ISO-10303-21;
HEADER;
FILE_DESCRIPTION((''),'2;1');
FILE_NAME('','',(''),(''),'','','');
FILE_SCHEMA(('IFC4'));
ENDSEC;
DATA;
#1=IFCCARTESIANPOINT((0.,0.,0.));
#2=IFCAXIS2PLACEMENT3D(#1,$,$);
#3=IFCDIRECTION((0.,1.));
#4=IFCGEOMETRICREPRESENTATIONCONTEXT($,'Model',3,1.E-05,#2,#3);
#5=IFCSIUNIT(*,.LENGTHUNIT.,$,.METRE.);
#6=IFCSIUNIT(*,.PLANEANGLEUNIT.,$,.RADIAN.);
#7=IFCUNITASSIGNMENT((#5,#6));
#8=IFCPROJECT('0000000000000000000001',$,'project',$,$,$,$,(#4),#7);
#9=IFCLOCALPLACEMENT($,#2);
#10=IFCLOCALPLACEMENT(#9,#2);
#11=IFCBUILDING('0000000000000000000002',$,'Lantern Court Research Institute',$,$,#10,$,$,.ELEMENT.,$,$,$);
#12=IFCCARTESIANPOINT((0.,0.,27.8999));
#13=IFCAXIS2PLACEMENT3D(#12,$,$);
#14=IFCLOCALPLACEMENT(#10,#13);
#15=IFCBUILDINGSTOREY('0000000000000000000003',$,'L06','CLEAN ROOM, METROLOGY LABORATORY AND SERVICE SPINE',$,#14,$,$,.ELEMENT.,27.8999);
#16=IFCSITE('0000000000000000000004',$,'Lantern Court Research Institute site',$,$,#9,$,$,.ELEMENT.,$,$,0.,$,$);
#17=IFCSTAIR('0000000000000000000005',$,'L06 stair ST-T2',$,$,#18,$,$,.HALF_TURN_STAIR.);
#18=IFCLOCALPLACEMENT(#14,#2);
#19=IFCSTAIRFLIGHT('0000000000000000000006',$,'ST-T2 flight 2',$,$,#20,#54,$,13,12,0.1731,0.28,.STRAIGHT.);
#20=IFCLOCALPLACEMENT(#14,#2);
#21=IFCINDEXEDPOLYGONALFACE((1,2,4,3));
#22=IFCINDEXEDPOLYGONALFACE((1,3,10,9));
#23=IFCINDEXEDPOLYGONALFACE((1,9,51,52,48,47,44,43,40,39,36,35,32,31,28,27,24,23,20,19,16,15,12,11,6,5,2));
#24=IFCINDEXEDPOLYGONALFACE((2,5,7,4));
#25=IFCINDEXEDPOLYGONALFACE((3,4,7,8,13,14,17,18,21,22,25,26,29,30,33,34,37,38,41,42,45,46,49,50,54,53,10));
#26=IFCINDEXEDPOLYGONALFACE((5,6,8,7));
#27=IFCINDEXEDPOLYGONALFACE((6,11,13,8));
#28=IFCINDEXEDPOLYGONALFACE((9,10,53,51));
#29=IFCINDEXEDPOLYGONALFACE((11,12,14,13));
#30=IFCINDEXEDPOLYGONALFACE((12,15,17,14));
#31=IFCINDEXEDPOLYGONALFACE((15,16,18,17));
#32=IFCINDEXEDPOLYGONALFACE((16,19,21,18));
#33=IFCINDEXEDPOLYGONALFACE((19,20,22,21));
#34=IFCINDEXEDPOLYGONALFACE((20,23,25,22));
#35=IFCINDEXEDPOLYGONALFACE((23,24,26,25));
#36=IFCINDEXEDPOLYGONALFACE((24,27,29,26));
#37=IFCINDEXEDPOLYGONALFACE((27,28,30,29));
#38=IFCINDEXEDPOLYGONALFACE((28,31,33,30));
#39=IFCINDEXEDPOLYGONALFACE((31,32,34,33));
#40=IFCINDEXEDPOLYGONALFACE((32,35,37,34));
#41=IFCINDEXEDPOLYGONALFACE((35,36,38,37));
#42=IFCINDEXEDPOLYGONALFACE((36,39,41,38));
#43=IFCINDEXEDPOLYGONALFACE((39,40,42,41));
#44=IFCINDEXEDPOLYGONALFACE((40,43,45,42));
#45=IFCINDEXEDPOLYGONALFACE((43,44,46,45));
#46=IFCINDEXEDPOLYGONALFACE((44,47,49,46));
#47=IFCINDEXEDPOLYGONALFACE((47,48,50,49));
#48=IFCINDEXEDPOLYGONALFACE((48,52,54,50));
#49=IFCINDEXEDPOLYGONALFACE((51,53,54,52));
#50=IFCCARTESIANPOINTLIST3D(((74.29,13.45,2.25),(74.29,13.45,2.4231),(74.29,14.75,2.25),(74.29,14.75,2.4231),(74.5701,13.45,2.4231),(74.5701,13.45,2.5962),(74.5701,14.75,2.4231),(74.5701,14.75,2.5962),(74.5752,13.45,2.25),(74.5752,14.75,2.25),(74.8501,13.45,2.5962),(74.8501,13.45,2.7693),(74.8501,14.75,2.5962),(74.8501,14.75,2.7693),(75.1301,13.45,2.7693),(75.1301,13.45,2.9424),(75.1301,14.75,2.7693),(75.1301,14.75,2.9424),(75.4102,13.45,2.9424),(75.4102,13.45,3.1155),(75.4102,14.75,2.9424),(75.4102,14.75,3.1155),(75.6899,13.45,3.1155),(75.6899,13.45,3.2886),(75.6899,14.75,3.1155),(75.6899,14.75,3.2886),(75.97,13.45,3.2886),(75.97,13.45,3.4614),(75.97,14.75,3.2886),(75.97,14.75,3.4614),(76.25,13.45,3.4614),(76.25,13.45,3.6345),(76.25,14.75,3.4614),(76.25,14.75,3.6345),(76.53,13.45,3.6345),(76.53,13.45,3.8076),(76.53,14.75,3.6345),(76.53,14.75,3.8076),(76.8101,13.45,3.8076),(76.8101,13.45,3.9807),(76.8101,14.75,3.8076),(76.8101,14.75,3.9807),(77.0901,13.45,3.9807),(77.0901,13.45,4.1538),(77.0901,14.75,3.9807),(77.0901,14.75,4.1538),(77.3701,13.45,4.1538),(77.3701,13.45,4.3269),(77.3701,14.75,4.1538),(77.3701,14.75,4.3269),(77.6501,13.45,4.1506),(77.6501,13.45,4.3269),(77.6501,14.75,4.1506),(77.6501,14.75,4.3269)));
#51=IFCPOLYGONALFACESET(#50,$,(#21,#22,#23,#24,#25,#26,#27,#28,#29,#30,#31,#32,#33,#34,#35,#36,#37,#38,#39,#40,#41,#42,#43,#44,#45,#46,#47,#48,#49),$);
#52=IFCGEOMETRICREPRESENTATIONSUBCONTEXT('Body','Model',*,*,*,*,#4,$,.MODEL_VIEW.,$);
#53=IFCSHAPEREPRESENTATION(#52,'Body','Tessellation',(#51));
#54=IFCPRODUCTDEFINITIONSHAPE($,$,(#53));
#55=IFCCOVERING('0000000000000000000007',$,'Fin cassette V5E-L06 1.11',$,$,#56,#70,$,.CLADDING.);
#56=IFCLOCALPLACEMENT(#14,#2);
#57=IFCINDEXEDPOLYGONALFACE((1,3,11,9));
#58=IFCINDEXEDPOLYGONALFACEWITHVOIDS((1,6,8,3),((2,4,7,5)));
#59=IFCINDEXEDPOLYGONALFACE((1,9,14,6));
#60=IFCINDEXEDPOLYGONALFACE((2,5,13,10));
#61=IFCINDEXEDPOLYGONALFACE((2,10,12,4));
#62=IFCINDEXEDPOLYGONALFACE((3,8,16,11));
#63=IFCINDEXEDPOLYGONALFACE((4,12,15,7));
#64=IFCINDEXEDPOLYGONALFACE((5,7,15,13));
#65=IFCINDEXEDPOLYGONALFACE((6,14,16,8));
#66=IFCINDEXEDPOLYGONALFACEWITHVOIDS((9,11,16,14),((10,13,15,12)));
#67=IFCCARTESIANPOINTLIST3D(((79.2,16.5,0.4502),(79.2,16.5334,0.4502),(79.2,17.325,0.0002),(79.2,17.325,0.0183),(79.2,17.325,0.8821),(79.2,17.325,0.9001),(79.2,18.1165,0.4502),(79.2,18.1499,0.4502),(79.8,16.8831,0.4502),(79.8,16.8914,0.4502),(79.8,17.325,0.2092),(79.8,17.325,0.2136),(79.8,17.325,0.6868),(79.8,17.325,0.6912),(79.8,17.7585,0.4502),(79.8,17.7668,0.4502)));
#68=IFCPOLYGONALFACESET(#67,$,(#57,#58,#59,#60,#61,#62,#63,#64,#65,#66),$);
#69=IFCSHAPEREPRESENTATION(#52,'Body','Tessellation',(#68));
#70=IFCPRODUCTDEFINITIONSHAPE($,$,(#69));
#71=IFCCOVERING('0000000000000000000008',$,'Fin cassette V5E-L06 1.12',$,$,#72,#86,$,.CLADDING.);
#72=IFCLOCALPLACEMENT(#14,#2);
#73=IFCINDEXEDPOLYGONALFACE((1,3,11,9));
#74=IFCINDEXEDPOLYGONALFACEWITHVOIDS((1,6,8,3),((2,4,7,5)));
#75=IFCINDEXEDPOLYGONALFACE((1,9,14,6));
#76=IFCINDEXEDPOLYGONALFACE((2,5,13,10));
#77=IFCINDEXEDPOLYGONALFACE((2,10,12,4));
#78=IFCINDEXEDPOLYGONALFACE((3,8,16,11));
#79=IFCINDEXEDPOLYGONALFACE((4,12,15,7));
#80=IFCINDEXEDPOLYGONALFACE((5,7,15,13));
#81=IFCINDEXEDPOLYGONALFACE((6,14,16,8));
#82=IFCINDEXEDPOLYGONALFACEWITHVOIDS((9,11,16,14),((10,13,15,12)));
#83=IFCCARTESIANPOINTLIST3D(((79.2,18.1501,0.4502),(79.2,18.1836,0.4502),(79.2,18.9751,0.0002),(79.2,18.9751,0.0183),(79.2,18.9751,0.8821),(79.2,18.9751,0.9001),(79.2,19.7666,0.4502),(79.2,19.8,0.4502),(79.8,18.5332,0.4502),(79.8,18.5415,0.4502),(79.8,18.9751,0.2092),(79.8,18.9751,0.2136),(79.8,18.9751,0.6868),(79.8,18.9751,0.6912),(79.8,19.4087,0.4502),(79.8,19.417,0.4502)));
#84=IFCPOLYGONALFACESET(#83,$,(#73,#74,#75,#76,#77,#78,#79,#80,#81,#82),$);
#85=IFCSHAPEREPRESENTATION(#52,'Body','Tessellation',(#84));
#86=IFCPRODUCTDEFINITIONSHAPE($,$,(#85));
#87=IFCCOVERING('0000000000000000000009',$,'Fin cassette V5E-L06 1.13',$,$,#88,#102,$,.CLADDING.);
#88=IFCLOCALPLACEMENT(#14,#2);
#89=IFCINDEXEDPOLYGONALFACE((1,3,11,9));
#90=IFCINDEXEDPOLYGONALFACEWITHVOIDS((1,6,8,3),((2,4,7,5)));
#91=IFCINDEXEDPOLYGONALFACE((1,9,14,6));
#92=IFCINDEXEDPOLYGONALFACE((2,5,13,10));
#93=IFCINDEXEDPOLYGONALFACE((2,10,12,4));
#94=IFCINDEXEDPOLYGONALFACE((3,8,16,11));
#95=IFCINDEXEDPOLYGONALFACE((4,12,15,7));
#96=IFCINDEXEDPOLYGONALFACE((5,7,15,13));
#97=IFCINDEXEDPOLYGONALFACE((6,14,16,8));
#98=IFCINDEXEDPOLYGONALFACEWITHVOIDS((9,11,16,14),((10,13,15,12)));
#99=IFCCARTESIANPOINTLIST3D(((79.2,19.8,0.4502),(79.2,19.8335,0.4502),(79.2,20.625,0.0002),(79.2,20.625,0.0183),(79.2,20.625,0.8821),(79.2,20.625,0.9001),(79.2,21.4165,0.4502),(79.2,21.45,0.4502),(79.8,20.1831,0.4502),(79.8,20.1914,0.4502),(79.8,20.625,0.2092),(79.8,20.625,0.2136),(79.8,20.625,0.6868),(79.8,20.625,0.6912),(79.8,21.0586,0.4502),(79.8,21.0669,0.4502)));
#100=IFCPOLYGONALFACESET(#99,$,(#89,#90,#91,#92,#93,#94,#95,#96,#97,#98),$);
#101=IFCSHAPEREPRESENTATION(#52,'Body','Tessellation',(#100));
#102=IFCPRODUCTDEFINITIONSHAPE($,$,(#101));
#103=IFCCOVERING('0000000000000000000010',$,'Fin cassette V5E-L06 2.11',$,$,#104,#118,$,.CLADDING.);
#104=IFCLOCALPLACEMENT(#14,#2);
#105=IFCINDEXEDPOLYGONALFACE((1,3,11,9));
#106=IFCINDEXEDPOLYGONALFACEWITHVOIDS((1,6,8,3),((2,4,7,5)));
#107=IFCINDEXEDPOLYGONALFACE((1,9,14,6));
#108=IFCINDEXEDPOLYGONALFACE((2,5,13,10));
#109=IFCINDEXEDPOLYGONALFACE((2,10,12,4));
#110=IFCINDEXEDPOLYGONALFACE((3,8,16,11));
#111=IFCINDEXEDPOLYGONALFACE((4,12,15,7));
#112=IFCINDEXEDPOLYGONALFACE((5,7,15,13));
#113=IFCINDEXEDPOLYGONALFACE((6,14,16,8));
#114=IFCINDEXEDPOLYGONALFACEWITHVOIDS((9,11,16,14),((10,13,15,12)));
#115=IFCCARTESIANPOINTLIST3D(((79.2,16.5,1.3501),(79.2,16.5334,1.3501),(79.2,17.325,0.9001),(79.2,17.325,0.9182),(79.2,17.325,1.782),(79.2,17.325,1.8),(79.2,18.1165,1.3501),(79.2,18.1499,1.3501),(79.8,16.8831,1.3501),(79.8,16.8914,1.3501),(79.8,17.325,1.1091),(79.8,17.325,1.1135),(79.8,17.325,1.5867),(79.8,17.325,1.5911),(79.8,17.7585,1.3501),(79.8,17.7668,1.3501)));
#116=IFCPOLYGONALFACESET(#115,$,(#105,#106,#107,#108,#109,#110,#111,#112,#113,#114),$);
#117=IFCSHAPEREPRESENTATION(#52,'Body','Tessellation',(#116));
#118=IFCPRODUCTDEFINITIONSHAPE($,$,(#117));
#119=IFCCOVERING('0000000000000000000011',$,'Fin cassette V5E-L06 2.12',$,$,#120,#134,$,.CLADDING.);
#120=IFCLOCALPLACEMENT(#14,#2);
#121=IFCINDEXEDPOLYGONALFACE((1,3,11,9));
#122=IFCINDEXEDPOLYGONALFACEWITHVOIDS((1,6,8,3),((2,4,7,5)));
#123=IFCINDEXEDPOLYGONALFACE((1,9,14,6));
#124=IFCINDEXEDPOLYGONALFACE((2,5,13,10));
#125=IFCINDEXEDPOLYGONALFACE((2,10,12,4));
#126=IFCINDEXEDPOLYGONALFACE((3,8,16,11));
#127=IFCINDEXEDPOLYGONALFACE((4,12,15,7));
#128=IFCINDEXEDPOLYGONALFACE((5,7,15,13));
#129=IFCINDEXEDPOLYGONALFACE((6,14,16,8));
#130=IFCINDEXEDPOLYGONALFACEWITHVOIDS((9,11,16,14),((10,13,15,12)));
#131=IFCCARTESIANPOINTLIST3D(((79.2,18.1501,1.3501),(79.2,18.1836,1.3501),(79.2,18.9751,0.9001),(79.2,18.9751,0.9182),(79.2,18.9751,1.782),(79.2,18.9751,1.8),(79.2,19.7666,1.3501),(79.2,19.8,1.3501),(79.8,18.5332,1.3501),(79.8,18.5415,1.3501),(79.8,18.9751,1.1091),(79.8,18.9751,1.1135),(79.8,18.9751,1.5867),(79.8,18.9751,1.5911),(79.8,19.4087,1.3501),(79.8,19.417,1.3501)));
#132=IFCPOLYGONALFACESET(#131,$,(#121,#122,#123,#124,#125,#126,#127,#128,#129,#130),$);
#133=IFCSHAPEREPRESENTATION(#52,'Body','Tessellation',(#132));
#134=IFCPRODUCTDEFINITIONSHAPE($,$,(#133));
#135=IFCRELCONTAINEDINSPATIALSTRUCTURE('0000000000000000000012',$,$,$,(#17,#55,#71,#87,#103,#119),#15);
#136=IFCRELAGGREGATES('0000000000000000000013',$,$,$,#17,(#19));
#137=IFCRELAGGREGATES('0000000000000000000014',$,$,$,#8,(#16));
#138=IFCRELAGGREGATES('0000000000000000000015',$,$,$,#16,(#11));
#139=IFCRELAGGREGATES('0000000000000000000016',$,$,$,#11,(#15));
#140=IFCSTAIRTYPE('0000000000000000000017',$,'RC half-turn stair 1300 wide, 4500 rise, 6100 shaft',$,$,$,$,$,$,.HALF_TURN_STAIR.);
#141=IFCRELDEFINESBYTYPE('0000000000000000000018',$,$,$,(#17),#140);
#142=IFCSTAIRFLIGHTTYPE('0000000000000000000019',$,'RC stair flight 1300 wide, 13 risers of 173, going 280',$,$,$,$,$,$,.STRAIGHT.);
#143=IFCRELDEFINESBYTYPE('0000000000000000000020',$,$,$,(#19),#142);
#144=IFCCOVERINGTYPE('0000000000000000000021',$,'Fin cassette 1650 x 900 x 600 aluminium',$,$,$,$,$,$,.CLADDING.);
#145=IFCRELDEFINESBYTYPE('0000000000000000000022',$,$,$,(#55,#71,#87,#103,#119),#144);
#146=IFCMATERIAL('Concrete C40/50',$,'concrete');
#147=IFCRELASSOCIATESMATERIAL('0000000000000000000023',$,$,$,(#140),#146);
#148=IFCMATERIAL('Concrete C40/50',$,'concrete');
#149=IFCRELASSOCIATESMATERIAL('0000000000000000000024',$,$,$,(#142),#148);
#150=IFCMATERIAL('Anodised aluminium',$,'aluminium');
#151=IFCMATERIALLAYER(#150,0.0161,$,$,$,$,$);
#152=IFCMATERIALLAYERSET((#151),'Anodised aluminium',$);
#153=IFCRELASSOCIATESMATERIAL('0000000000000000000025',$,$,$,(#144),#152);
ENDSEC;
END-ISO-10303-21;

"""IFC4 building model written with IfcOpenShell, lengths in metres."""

from ifc_helpers import new_model, entity, si_unit, direction, frame, origin, place, context, subcontext, project, spatial, polyline, outline, extrude, material, layer, layer_set, type_object, element, aggregate, save


model = new_model("IFC4")

# Units and contexts
model_context = context("Model", 3, precision=1e-05, world=origin(), true_north=direction((0.0, 1.0)))
body_context = subcontext(model_context, "Body", "Model", "MODEL_VIEW")
ifc_project = project(units=[si_unit("LENGTHUNIT", "METRE"), si_unit("PLANEANGLEUNIT", "RADIAN")], contexts=[model_context])

# Site, building, storey
site_placement = place(None, origin())
site = spatial("IfcSite", under=ifc_project, at=site_placement, Name="Lantern Court Research Institute site", CompositionType="ELEMENT", RefElevation=0.0)
building_placement = place(site_placement, origin())
building = spatial("IfcBuilding", under=site, at=building_placement, Name="Lantern Court Research Institute", CompositionType="ELEMENT")
storey_placement = place(building_placement, frame((0.0, 0.0, 27.8999)))
storey = spatial("IfcBuildingStorey", under=building, at=storey_placement, Name="L06", Description="CLEAN ROOM, METROLOGY LABORATORY AND SERVICE SPINE", CompositionType="ELEMENT", Elevation=27.8999)

# Stair, stair flight
ifc_material_1 = material(Name="Concrete C40/50", Category="concrete")
stair_type = type_object("IfcStairType", Name="RC half-turn stair 1300 wide, 4500 rise, 6100 shaft", PredefinedType="HALF_TURN_STAIR", material=ifc_material_1)
stair_placement = place(storey_placement, origin())
stair = element("IfcStair", 1, at=stair_placement, inside=storey, type_object=stair_type, Name="L06 stair ST-T2", PredefinedType="HALF_TURN_STAIR")
ifc_material_2 = material(Name="Concrete C40/50", Category="concrete")
stair_flight_type = type_object("IfcStairFlightType", Name="RC stair flight 1300 wide, 13 risers of 173, going 280", PredefinedType="STRAIGHT", material=ifc_material_2)
stair_flight_1_placement = place(storey_placement, frame((74.29, 14.1001, 2.25), z_axis=(0.0, 0.0, 1.0), x_axis=(1.0, 0.0, 0.0)))
stair_flight_1 = element("IfcStairFlight", 2, at=stair_flight_1_placement, type_object=stair_flight_type, Name="ST-T2 flight 2", NumberOfRisers=13, NumberOfTreads=12, PredefinedType="STRAIGHT", RiserHeight=0.1731, TreadLength=0.28, context=body_context, shape_type="SweptSolid", body=[
    extrude(outline(polyline([(0.0, 0.0), (0.0, 0.1731), (0.28, 0.1731), (0.28, 0.3462), (0.5601, 0.3462), (0.5601, 0.5193), (0.8401, 0.5193), (0.8401, 0.6924), (1.1201, 0.6924), (1.1201, 0.8655), (1.3999, 0.8655), (1.3999, 1.0386), (1.6799, 1.0386), (1.6799, 1.2114), (1.96, 1.2114), (1.96, 1.3845), (2.24, 1.3845), (2.24, 1.5576), (2.52, 1.5576), (2.52, 1.7307), (2.8, 1.7307), (2.8, 1.9038), (3.0801, 1.9038), (3.0801, 2.0769), (3.3601, 2.0769), (3.3601, 2.25), (3.3601, 1.9006), (0.2852, 0.0), (0.0, 0.0)])), frame((0.0, 0.6499, 0.0), z_axis=(0.0, -1.0, 0.0), x_axis=(1.0, 0.0, 0.0)), (0.0, 0.0, 1.0), 1.3),
])
aggregate(stair, [stair_flight_1])

# Coverings
ifc_material_3 = material(Name="Anodised aluminium", Category="aluminium")
ifc_layer_1 = layer(ifc_material_3, 0.0161)
ifc_layer_set_1 = layer_set([ifc_layer_1], Name="Anodised aluminium")
covering_type = type_object("IfcCoveringType", Name="Fin cassette 1650 x 900 x 600 aluminium", PredefinedType="CLADDING", material=ifc_layer_set_1)
covering_1_placement = place(storey_placement, frame((79.2, 17.325, 0.4502), z_axis=(1.0, 0.0, 0.0), x_axis=(0.0, 1.0, 0.0)))
cartesian_point_1 = entity("IfcCartesianPoint", [0.825, 0.0])
cartesian_point_2 = entity("IfcCartesianPoint", [0.7915, 0.0])
cartesian_point_3 = entity("IfcCartesianPoint", [0.4419, 0.0])
cartesian_point_4 = entity("IfcCartesianPoint", [0.4336, 0.0])
element("IfcCovering", 3, at=covering_1_placement, inside=storey, type_object=covering_type, Name="Fin cassette V5E-L06 1.11", PredefinedType="CLADDING", context=body_context, shape_type="SweptSolid", body=[
    entity("IfcExtrudedAreaSolidTapered", entity("IfcArbitraryProfileDefWithVoids", "AREA", None, entity("IfcPolyline", [cartesian_point_1, entity("IfcCartesianPoint", [0.0, 0.45]), entity("IfcCartesianPoint", [-0.825, 0.0]), entity("IfcCartesianPoint", [0.0, -0.45]), cartesian_point_1]), [entity("IfcPolyline", [cartesian_point_2, entity("IfcCartesianPoint", [0.0, 0.4319]), entity("IfcCartesianPoint", [-0.7915, 0.0]), entity("IfcCartesianPoint", [0.0, -0.4319]), cartesian_point_2])]), entity("IfcAxis2Placement3D", entity("IfcCartesianPoint", [0.0, 0.0, 0.0])), entity("IfcDirection", [0.0, 0.0, 1.0]), 0.6001, entity("IfcArbitraryProfileDefWithVoids", "AREA", None, entity("IfcPolyline", [cartesian_point_3, entity("IfcCartesianPoint", [0.0, 0.241]), entity("IfcCartesianPoint", [-0.4419, 0.0]), entity("IfcCartesianPoint", [0.0, -0.241]), cartesian_point_3]), [entity("IfcPolyline", [cartesian_point_4, entity("IfcCartesianPoint", [0.0, 0.2366]), entity("IfcCartesianPoint", [-0.4336, 0.0]), entity("IfcCartesianPoint", [0.0, -0.2366]), cartesian_point_4])])),
])
covering_2_placement = place(storey_placement, frame((79.2, 18.9751, 0.4502), z_axis=(1.0, 0.0, 0.0), x_axis=(0.0, 1.0, 0.0)))
cartesian_point_5 = entity("IfcCartesianPoint", [0.825, 0.0])
cartesian_point_6 = entity("IfcCartesianPoint", [0.7915, 0.0])
cartesian_point_7 = entity("IfcCartesianPoint", [0.4419, 0.0])
cartesian_point_8 = entity("IfcCartesianPoint", [0.4336, 0.0])
element("IfcCovering", 4, at=covering_2_placement, inside=storey, type_object=covering_type, Name="Fin cassette V5E-L06 1.12", PredefinedType="CLADDING", context=body_context, shape_type="SweptSolid", body=[
    entity("IfcExtrudedAreaSolidTapered", entity("IfcArbitraryProfileDefWithVoids", "AREA", None, entity("IfcPolyline", [cartesian_point_5, entity("IfcCartesianPoint", [0.0, 0.45]), entity("IfcCartesianPoint", [-0.825, 0.0]), entity("IfcCartesianPoint", [0.0, -0.45]), cartesian_point_5]), [entity("IfcPolyline", [cartesian_point_6, entity("IfcCartesianPoint", [0.0, 0.4319]), entity("IfcCartesianPoint", [-0.7915, 0.0]), entity("IfcCartesianPoint", [0.0, -0.4319]), cartesian_point_6])]), entity("IfcAxis2Placement3D", entity("IfcCartesianPoint", [0.0, 0.0, 0.0])), entity("IfcDirection", [0.0, 0.0, 1.0]), 0.6001, entity("IfcArbitraryProfileDefWithVoids", "AREA", None, entity("IfcPolyline", [cartesian_point_7, entity("IfcCartesianPoint", [0.0, 0.241]), entity("IfcCartesianPoint", [-0.4419, 0.0]), entity("IfcCartesianPoint", [0.0, -0.241]), cartesian_point_7]), [entity("IfcPolyline", [cartesian_point_8, entity("IfcCartesianPoint", [0.0, 0.2366]), entity("IfcCartesianPoint", [-0.4336, 0.0]), entity("IfcCartesianPoint", [0.0, -0.2366]), cartesian_point_8])])),
])
covering_3_placement = place(storey_placement, frame((79.2, 20.625, 0.4502), z_axis=(1.0, 0.0, 0.0), x_axis=(0.0, 1.0, 0.0)))
cartesian_point_9 = entity("IfcCartesianPoint", [0.825, 0.0])
cartesian_point_10 = entity("IfcCartesianPoint", [0.7915, 0.0])
cartesian_point_11 = entity("IfcCartesianPoint", [0.4419, 0.0])
cartesian_point_12 = entity("IfcCartesianPoint", [0.4336, 0.0])
element("IfcCovering", 5, at=covering_3_placement, inside=storey, type_object=covering_type, Name="Fin cassette V5E-L06 1.13", PredefinedType="CLADDING", context=body_context, shape_type="SweptSolid", body=[
    entity("IfcExtrudedAreaSolidTapered", entity("IfcArbitraryProfileDefWithVoids", "AREA", None, entity("IfcPolyline", [cartesian_point_9, entity("IfcCartesianPoint", [0.0, 0.45]), entity("IfcCartesianPoint", [-0.825, 0.0]), entity("IfcCartesianPoint", [0.0, -0.45]), cartesian_point_9]), [entity("IfcPolyline", [cartesian_point_10, entity("IfcCartesianPoint", [0.0, 0.4319]), entity("IfcCartesianPoint", [-0.7915, 0.0]), entity("IfcCartesianPoint", [0.0, -0.4319]), cartesian_point_10])]), entity("IfcAxis2Placement3D", entity("IfcCartesianPoint", [0.0, 0.0, 0.0])), entity("IfcDirection", [0.0, 0.0, 1.0]), 0.6001, entity("IfcArbitraryProfileDefWithVoids", "AREA", None, entity("IfcPolyline", [cartesian_point_11, entity("IfcCartesianPoint", [0.0, 0.241]), entity("IfcCartesianPoint", [-0.4419, 0.0]), entity("IfcCartesianPoint", [0.0, -0.241]), cartesian_point_11]), [entity("IfcPolyline", [cartesian_point_12, entity("IfcCartesianPoint", [0.0, 0.2366]), entity("IfcCartesianPoint", [-0.4336, 0.0]), entity("IfcCartesianPoint", [0.0, -0.2366]), cartesian_point_12])])),
])
covering_4_placement = place(storey_placement, frame((79.2, 17.325, 1.3501), z_axis=(1.0, 0.0, 0.0), x_axis=(0.0, 1.0, 0.0)))
cartesian_point_13 = entity("IfcCartesianPoint", [0.825, 0.0])
cartesian_point_14 = entity("IfcCartesianPoint", [0.7915, 0.0])
cartesian_point_15 = entity("IfcCartesianPoint", [0.4419, 0.0])
cartesian_point_16 = entity("IfcCartesianPoint", [0.4336, 0.0])
element("IfcCovering", 6, at=covering_4_placement, inside=storey, type_object=covering_type, Name="Fin cassette V5E-L06 2.11", PredefinedType="CLADDING", context=body_context, shape_type="SweptSolid", body=[
    entity("IfcExtrudedAreaSolidTapered", entity("IfcArbitraryProfileDefWithVoids", "AREA", None, entity("IfcPolyline", [cartesian_point_13, entity("IfcCartesianPoint", [0.0, 0.45]), entity("IfcCartesianPoint", [-0.825, 0.0]), entity("IfcCartesianPoint", [0.0, -0.45]), cartesian_point_13]), [entity("IfcPolyline", [cartesian_point_14, entity("IfcCartesianPoint", [0.0, 0.4319]), entity("IfcCartesianPoint", [-0.7915, 0.0]), entity("IfcCartesianPoint", [0.0, -0.4319]), cartesian_point_14])]), entity("IfcAxis2Placement3D", entity("IfcCartesianPoint", [0.0, 0.0, 0.0])), entity("IfcDirection", [0.0, 0.0, 1.0]), 0.6001, entity("IfcArbitraryProfileDefWithVoids", "AREA", None, entity("IfcPolyline", [cartesian_point_15, entity("IfcCartesianPoint", [0.0, 0.241]), entity("IfcCartesianPoint", [-0.4419, 0.0]), entity("IfcCartesianPoint", [0.0, -0.241]), cartesian_point_15]), [entity("IfcPolyline", [cartesian_point_16, entity("IfcCartesianPoint", [0.0, 0.2366]), entity("IfcCartesianPoint", [-0.4336, 0.0]), entity("IfcCartesianPoint", [0.0, -0.2366]), cartesian_point_16])])),
])
covering_5_placement = place(storey_placement, frame((79.2, 18.9751, 1.3501), z_axis=(1.0, 0.0, 0.0), x_axis=(0.0, 1.0, 0.0)))
cartesian_point_17 = entity("IfcCartesianPoint", [0.825, 0.0])
cartesian_point_18 = entity("IfcCartesianPoint", [0.7915, 0.0])
cartesian_point_19 = entity("IfcCartesianPoint", [0.4419, 0.0])
cartesian_point_20 = entity("IfcCartesianPoint", [0.4336, 0.0])
element("IfcCovering", 7, at=covering_5_placement, inside=storey, type_object=covering_type, Name="Fin cassette V5E-L06 2.12", PredefinedType="CLADDING", context=body_context, shape_type="SweptSolid", body=[
    entity("IfcExtrudedAreaSolidTapered", entity("IfcArbitraryProfileDefWithVoids", "AREA", None, entity("IfcPolyline", [cartesian_point_17, entity("IfcCartesianPoint", [0.0, 0.45]), entity("IfcCartesianPoint", [-0.825, 0.0]), entity("IfcCartesianPoint", [0.0, -0.45]), cartesian_point_17]), [entity("IfcPolyline", [cartesian_point_18, entity("IfcCartesianPoint", [0.0, 0.4319]), entity("IfcCartesianPoint", [-0.7915, 0.0]), entity("IfcCartesianPoint", [0.0, -0.4319]), cartesian_point_18])]), entity("IfcAxis2Placement3D", entity("IfcCartesianPoint", [0.0, 0.0, 0.0])), entity("IfcDirection", [0.0, 0.0, 1.0]), 0.6001, entity("IfcArbitraryProfileDefWithVoids", "AREA", None, entity("IfcPolyline", [cartesian_point_19, entity("IfcCartesianPoint", [0.0, 0.241]), entity("IfcCartesianPoint", [-0.4419, 0.0]), entity("IfcCartesianPoint", [0.0, -0.241]), cartesian_point_19]), [entity("IfcPolyline", [cartesian_point_20, entity("IfcCartesianPoint", [0.0, 0.2366]), entity("IfcCartesianPoint", [-0.4336, 0.0]), entity("IfcCartesianPoint", [0.0, -0.2366]), cartesian_point_20])])),
])

save(model, "model.ifc")
